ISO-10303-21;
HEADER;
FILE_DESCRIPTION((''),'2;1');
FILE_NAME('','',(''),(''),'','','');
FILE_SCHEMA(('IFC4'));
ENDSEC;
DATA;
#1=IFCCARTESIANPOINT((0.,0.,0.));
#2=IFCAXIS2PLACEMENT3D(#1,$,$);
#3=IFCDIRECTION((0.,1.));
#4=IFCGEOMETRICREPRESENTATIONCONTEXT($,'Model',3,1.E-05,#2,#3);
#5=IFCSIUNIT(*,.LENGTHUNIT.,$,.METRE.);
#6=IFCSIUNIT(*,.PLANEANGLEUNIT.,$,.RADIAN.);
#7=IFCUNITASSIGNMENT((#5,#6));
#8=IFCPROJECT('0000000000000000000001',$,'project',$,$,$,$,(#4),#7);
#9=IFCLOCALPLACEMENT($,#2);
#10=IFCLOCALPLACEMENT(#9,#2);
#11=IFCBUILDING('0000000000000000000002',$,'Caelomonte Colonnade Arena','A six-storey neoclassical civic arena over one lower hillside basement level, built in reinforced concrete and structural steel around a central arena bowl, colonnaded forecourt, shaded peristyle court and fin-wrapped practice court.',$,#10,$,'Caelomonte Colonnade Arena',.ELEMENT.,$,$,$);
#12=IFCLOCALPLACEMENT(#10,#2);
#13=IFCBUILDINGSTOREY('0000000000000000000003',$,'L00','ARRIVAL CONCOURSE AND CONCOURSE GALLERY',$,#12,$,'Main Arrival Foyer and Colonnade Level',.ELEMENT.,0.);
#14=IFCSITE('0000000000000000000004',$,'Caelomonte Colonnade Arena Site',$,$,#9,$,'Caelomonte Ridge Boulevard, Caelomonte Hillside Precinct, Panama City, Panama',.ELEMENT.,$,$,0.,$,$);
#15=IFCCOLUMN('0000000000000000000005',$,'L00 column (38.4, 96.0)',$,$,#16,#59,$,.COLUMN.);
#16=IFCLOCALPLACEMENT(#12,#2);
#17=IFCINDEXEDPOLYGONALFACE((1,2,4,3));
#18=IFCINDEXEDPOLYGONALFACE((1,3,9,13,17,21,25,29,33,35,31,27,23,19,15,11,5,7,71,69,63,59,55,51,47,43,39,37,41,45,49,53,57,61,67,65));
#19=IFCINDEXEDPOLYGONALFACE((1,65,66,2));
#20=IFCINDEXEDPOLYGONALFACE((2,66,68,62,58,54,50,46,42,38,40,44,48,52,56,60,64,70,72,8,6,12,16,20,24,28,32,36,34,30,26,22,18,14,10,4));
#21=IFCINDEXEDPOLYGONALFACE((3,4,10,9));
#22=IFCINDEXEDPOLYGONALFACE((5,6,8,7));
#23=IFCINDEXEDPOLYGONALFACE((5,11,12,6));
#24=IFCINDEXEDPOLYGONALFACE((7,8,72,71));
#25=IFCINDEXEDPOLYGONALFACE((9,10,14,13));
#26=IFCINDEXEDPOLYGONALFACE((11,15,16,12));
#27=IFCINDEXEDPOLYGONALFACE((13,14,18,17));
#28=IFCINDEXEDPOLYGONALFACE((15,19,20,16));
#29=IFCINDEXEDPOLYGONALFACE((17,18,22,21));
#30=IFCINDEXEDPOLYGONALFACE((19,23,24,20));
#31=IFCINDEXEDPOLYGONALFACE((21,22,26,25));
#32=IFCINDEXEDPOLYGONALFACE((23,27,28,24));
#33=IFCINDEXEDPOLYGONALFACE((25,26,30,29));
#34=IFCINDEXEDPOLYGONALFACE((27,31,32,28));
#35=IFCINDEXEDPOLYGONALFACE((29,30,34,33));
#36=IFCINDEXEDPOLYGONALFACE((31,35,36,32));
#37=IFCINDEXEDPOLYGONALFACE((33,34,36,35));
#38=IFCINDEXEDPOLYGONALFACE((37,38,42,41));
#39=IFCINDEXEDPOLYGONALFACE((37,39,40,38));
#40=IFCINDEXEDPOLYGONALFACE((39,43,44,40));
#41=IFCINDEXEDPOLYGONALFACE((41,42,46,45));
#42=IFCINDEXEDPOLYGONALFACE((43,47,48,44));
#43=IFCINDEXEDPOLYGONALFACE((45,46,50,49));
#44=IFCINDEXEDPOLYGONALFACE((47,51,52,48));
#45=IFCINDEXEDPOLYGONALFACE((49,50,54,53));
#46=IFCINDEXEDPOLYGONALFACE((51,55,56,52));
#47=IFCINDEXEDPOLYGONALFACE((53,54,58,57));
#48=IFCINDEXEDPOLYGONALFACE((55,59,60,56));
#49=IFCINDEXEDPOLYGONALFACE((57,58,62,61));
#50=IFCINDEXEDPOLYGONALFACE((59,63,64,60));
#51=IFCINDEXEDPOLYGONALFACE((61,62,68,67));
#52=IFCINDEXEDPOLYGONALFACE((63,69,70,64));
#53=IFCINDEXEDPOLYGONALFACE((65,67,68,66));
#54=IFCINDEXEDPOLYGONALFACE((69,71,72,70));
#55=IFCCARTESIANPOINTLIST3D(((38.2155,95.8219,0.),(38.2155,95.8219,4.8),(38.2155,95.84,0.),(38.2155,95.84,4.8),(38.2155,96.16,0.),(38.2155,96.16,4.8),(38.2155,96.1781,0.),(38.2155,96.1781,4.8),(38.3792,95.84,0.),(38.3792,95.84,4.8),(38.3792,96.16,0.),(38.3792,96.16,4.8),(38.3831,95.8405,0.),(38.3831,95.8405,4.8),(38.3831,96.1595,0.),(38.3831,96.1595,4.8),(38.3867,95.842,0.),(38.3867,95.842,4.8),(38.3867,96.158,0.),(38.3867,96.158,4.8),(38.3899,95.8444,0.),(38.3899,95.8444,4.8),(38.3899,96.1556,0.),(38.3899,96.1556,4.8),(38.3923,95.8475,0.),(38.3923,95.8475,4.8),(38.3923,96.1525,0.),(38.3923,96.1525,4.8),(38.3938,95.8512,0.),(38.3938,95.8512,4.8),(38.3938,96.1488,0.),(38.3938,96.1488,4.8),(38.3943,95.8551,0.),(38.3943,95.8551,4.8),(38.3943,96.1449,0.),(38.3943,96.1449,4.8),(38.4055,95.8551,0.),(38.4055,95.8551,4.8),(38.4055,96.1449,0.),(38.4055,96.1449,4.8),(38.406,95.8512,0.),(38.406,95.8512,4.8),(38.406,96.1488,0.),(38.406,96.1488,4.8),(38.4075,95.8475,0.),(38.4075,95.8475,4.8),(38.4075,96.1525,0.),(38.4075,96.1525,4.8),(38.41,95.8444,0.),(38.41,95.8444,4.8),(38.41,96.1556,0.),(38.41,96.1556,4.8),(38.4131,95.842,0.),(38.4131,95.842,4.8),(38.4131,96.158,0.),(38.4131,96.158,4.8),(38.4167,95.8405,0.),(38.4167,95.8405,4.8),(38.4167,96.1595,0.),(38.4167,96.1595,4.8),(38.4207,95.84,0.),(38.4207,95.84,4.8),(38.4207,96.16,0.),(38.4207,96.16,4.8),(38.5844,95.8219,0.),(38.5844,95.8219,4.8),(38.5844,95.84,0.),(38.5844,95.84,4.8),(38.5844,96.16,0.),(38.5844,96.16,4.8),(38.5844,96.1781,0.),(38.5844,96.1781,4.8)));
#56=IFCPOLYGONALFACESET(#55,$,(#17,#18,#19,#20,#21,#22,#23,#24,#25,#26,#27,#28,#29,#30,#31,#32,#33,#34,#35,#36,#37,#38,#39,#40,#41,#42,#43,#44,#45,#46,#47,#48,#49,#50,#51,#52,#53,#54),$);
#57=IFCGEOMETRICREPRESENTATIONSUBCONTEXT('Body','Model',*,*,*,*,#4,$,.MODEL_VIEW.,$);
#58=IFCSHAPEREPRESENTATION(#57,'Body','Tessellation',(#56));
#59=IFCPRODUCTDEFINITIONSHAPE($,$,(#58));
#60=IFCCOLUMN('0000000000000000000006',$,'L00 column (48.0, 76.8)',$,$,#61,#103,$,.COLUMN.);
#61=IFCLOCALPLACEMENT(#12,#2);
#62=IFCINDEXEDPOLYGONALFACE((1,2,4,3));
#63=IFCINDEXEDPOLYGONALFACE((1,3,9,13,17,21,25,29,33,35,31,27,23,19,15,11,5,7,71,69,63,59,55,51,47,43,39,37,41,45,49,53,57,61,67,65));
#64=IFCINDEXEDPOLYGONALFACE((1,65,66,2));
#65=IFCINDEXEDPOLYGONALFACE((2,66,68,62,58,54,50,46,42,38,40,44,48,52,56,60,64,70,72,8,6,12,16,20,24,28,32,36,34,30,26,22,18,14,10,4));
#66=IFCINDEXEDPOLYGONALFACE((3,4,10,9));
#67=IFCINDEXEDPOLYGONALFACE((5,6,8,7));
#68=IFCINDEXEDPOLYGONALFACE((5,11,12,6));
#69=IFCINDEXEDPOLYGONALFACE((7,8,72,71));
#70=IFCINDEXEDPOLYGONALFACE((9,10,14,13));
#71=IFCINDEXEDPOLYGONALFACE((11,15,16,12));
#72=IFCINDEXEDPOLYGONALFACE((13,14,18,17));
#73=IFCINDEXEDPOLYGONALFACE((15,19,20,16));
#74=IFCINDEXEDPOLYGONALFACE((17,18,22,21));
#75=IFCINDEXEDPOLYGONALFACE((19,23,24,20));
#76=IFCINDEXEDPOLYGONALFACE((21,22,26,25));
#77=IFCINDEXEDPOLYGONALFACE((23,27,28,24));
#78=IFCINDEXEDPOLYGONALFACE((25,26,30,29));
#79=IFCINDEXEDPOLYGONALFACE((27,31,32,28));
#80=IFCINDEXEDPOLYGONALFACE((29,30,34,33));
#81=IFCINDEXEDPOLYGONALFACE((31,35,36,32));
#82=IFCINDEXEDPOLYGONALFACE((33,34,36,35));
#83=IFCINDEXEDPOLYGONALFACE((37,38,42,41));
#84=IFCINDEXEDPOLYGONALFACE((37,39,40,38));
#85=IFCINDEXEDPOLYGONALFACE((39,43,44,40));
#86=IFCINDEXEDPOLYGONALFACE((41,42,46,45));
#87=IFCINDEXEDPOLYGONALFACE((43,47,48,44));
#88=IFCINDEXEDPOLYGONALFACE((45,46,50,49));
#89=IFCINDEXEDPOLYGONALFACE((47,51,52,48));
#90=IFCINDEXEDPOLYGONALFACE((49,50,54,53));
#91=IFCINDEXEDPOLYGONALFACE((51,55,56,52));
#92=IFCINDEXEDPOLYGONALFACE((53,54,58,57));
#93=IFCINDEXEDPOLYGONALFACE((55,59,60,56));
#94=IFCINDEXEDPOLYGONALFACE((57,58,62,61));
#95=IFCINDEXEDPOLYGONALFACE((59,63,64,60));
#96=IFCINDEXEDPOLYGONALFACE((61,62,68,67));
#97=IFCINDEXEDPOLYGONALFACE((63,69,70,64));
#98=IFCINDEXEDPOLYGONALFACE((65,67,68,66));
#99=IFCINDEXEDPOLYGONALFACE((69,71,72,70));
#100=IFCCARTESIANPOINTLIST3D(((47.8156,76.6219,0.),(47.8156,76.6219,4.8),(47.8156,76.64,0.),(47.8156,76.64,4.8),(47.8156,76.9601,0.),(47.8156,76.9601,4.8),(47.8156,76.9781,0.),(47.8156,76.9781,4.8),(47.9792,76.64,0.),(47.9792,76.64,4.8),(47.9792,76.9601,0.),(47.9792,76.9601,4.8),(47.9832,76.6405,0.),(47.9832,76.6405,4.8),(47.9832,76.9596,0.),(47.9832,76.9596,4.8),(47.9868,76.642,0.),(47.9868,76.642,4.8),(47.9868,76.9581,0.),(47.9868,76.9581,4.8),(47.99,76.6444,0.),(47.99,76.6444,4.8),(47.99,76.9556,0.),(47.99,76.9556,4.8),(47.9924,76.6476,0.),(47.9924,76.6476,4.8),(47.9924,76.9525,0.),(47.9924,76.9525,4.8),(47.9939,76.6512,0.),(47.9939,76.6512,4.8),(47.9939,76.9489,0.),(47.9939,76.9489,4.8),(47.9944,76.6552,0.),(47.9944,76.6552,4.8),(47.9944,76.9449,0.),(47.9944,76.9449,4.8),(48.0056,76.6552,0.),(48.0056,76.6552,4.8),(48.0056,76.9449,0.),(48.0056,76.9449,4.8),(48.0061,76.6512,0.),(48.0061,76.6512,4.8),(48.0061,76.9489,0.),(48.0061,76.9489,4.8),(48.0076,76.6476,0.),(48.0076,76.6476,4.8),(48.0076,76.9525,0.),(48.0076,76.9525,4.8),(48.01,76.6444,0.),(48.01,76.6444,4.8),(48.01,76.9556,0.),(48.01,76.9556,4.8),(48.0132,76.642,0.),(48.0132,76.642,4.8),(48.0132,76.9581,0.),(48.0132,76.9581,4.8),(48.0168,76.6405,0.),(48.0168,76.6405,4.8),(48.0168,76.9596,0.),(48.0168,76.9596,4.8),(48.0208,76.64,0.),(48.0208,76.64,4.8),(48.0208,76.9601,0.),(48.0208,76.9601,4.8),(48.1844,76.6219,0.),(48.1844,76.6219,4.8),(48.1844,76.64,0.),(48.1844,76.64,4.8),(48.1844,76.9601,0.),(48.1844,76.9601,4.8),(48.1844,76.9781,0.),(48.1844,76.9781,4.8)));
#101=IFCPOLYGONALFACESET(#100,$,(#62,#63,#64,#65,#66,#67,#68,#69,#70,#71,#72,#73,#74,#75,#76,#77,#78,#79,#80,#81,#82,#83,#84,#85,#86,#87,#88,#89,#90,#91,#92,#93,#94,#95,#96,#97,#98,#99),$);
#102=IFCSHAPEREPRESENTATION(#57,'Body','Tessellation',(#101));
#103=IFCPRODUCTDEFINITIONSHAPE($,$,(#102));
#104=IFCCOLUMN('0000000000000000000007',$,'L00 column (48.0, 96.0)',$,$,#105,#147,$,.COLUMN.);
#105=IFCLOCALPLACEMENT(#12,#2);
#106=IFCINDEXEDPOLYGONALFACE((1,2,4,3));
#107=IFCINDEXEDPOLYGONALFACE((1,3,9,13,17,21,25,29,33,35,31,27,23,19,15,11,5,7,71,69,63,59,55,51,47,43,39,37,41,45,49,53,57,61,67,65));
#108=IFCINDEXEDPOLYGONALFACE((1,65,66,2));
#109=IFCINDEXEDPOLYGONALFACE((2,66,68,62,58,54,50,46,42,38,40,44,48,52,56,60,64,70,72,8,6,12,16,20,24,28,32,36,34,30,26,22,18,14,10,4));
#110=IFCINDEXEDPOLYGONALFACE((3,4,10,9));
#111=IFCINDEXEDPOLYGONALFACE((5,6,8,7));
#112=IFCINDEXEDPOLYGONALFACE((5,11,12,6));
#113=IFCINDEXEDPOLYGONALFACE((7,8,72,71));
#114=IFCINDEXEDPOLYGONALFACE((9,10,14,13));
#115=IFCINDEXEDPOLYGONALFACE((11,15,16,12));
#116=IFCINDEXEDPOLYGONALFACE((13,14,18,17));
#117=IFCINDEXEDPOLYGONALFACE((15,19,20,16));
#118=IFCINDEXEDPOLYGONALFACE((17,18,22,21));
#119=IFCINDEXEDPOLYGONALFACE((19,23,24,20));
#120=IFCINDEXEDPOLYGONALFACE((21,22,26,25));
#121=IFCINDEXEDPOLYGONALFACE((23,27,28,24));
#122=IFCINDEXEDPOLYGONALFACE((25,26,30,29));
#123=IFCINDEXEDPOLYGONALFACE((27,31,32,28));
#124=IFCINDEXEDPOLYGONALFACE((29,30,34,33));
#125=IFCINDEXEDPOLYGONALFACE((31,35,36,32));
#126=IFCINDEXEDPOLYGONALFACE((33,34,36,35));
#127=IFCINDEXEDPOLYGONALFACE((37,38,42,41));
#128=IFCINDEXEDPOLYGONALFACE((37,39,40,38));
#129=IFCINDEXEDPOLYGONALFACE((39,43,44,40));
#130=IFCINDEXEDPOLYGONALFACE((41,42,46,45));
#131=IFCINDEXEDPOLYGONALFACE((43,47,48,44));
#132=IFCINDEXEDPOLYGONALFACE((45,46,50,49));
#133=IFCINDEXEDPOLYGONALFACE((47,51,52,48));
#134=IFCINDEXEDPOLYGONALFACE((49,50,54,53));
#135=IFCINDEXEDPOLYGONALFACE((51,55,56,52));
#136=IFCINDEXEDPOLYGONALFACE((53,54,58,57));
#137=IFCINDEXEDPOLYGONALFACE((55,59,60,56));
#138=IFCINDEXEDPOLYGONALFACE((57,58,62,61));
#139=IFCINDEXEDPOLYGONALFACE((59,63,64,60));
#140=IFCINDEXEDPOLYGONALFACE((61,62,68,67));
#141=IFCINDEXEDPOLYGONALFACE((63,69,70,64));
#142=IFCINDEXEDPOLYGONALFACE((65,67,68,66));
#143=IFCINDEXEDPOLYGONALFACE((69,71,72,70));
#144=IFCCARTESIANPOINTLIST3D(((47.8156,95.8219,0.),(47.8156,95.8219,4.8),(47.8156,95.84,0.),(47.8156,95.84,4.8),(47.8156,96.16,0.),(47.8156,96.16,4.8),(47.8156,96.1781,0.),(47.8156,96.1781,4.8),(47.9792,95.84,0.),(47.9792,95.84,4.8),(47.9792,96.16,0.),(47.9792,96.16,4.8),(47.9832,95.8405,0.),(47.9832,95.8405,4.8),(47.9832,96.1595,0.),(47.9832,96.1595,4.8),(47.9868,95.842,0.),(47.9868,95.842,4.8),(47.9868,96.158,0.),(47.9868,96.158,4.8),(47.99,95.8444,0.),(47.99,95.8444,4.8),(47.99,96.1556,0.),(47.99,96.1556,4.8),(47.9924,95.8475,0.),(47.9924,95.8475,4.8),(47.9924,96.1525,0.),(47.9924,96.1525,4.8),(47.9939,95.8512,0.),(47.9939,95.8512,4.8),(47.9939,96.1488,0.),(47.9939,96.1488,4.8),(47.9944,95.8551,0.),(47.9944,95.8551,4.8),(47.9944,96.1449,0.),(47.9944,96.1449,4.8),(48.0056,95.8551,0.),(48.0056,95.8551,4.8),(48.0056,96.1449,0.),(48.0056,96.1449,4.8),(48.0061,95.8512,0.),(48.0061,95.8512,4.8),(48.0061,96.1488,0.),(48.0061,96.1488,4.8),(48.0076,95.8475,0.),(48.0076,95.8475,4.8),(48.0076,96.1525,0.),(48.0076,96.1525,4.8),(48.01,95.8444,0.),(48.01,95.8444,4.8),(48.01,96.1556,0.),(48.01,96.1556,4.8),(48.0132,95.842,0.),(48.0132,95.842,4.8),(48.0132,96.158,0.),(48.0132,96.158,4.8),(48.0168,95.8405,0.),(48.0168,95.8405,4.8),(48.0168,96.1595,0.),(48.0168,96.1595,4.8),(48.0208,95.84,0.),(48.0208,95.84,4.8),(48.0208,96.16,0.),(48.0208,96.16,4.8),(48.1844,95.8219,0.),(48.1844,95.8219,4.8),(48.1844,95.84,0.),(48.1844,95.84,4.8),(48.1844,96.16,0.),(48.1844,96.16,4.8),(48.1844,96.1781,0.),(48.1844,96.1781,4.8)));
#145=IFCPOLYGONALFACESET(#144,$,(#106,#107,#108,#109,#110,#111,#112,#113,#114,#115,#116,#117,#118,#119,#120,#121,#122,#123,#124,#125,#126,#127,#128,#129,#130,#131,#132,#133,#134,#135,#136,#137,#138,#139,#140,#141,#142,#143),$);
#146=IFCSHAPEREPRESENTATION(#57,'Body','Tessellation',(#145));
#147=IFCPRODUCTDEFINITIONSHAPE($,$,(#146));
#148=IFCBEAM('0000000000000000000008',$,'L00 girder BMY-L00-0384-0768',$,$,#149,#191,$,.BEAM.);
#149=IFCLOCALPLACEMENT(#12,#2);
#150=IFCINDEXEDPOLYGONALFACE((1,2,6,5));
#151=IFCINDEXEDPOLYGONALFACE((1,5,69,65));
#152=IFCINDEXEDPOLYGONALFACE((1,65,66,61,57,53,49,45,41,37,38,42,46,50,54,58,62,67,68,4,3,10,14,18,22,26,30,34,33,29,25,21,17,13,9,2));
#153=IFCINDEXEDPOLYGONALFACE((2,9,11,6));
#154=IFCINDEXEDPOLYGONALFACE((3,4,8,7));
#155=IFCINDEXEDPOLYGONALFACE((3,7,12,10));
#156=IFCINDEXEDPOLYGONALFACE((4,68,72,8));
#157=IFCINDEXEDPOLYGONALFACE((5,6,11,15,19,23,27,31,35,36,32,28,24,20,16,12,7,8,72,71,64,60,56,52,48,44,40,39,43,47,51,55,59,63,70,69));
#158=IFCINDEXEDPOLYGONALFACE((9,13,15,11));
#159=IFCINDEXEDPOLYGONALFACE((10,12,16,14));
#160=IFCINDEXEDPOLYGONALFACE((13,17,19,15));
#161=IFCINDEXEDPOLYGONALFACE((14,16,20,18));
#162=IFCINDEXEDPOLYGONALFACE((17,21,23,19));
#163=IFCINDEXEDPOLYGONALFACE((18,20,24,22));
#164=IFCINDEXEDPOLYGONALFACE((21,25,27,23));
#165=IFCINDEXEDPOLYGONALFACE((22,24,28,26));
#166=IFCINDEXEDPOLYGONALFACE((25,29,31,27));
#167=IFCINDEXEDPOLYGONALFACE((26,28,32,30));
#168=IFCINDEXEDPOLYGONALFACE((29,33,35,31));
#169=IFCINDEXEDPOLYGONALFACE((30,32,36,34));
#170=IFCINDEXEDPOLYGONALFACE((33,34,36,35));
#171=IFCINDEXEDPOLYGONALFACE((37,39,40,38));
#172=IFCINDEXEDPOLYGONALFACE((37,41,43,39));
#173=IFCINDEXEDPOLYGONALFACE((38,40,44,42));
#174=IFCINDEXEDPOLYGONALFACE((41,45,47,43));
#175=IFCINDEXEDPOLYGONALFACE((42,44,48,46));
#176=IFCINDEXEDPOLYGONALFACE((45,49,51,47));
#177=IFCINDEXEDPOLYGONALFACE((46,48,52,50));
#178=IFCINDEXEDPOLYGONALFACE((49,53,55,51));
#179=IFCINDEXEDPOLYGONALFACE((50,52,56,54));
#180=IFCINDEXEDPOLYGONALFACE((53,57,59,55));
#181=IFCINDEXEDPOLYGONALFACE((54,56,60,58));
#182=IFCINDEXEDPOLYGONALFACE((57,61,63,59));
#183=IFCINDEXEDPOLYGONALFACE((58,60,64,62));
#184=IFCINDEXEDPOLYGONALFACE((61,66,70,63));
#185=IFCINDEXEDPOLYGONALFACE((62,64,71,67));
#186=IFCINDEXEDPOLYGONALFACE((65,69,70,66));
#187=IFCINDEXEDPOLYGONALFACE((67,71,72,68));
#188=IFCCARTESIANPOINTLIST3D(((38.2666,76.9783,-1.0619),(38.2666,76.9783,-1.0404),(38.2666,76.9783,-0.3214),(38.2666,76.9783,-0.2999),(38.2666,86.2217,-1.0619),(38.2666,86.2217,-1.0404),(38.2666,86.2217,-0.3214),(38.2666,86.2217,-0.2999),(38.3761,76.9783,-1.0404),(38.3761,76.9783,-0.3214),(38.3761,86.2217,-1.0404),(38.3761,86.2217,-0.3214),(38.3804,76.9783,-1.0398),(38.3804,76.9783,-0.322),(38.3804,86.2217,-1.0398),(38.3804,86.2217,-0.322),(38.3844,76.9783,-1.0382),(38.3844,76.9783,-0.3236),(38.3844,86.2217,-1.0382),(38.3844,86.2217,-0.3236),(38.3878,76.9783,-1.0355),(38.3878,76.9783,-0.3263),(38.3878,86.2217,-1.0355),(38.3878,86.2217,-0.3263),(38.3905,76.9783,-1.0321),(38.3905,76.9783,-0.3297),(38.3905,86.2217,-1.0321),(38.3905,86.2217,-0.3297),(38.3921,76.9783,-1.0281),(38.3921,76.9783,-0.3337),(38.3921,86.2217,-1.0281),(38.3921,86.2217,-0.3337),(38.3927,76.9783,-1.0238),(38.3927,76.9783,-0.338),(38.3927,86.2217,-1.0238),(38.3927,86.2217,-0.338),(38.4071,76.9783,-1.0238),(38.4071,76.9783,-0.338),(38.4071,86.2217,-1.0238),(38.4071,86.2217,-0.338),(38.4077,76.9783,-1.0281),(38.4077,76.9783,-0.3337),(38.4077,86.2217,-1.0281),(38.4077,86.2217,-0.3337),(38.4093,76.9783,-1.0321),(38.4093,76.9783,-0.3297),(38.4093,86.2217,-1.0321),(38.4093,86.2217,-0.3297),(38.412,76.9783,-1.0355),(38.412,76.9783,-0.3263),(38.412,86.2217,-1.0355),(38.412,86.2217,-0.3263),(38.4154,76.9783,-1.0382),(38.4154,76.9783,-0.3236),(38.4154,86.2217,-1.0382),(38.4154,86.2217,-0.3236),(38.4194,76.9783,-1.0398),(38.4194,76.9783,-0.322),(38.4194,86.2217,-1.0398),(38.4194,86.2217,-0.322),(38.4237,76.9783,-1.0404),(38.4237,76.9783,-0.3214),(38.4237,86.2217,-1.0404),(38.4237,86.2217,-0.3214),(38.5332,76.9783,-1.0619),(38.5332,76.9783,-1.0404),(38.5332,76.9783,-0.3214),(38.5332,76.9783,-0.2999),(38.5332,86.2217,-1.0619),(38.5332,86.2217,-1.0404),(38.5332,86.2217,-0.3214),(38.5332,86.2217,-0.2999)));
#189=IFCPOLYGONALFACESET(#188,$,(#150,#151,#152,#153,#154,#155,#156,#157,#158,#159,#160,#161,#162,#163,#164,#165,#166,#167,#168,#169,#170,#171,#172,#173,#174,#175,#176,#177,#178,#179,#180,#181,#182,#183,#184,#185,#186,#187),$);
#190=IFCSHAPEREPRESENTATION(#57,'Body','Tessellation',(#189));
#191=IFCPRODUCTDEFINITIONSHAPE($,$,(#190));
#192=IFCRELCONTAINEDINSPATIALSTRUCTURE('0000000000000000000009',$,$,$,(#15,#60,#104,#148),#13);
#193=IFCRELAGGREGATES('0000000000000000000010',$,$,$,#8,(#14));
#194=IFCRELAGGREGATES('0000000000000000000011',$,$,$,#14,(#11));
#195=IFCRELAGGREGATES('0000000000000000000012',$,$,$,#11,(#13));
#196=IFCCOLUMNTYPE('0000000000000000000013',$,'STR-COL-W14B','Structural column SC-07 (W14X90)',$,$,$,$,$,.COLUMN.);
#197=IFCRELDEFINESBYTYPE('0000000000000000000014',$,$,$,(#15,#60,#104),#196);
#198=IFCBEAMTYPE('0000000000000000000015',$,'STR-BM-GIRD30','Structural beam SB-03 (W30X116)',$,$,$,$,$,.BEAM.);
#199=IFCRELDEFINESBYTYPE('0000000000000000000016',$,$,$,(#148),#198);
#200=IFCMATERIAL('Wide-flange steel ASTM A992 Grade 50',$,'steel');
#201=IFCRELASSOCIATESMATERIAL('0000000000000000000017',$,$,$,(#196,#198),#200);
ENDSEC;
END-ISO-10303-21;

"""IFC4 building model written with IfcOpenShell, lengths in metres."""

from ifc_helpers import new_model, si_unit, direction, frame, origin, origin_2d, place, context, subcontext, project, spatial, i_section, extrude, material, material_profile, profile_set, type_object, element, save


model = new_model("IFC4")

# Units and contexts
model_context = context("Model", 3, precision=1e-05, world=origin(), true_north=direction((0.0, 1.0)))
body_context = subcontext(model_context, "Body", "Model", "MODEL_VIEW")
ifc_project = project(units=[si_unit("LENGTHUNIT", "METRE"), si_unit("PLANEANGLEUNIT", "RADIAN")], contexts=[model_context])

# Site, building, storey
site_placement = place(None, origin())
site = spatial("IfcSite", under=ifc_project, at=site_placement, Name="Caelomonte Colonnade Arena Site", LongName="Caelomonte Ridge Boulevard, Caelomonte Hillside Precinct, Panama City, Panama", CompositionType="ELEMENT", RefElevation=0.0)
building_placement = place(site_placement, origin())
building = spatial("IfcBuilding", under=site, at=building_placement, Name="Caelomonte Colonnade Arena", Description="A six-storey neoclassical civic arena over one lower hillside basement level, built in reinforced concrete and structural steel around a central arena bowl, colonnaded forecourt, shaded peristyle court and fin-wrapped practice court.", LongName="Caelomonte Colonnade Arena", CompositionType="ELEMENT")
storey_placement = place(building_placement, origin())
storey = spatial("IfcBuildingStorey", under=building, at=storey_placement, Name="L00", Description="ARRIVAL CONCOURSE AND CONCOURSE GALLERY", LongName="Main Arrival Foyer and Colonnade Level", CompositionType="ELEMENT", Elevation=0.0)

# Columns
ifc_material_1 = material(Name="Wide-flange steel ASTM A992 Grade 50", Category="steel")
ifc_material_profile_1 = material_profile(ifc_material_1, i_section(OverallWidth=0.3689, OverallDepth=0.3562, WebThickness=0.0112, FlangeThickness=0.0181, FilletRadius=0.0151, at=origin_2d()), Name="W14X90")
ifc_profile_set_1 = profile_set([ifc_material_profile_1], Name="Wide-flange steel ASTM A992 Grade 50")
column_type_1 = type_object("IfcColumnType", Name="STR-COL-W14B", Description="Structural column SC-07 (W14X90)", PredefinedType="COLUMN", material=ifc_profile_set_1)
for number, where, z_axis, x_axis, name in (
    (1, (38.3999, 96.0, 0.0), (0.0, 0.0, 1.0), (1.0, 0.0, 0.0), "L00 column (38.4, 96.0)"),
    (2, (48.0, 76.8, 0.0), (0.0, 0.0, 1.0), (1.0, 0.0, 0.0), "L00 column (48.0, 76.8)"),
    (3, (48.0, 96.0, 0.0), (0.0, 0.0, 1.0), (1.0, 0.0, 0.0), "L00 column (48.0, 96.0)"),
):
    element("IfcColumn", number, at=place(storey_placement, frame(where, z_axis=z_axis, x_axis=x_axis)), inside=storey, type_object=column_type_1, Name=name, PredefinedType="COLUMN", context=body_context, shape_type="SweptSolid", body=[
        extrude(i_section(OverallWidth=0.3689, OverallDepth=0.3562, WebThickness=0.0112, FlangeThickness=0.0181, FilletRadius=0.0151, at=origin_2d()), origin(), (0.0, 0.0, 1.0), 4.8),
    ])

# Beam
ifc_material_profile_2 = material_profile(ifc_material_1, i_section(OverallWidth=0.2666, OverallDepth=0.762, WebThickness=0.0144, FlangeThickness=0.0215, FilletRadius=0.0166, at=origin_2d()), Name="W30X116")
ifc_profile_set_2 = profile_set([ifc_material_profile_2], Name="Wide-flange steel ASTM A992 Grade 50")
beam_type_1 = type_object("IfcBeamType", Name="STR-BM-GIRD30", Description="Structural beam SB-03 (W30X116)", PredefinedType="BEAM", material=ifc_profile_set_2)
beam_1_placement = place(storey_placement, frame((38.3999, 76.9783, -0.6809), z_axis=(0.0, 1.0, 0.0), x_axis=(-1.0, 0.0, 0.0)))
element("IfcBeam", 4, at=beam_1_placement, inside=storey, type_object=beam_type_1, Name="L00 girder BMY-L00-0384-0768", PredefinedType="BEAM", context=body_context, shape_type="SweptSolid", body=[
    extrude(i_section(OverallWidth=0.2666, OverallDepth=0.762, WebThickness=0.0144, FlangeThickness=0.0215, FilletRadius=0.0166, at=origin_2d()), origin(), (0.0, 0.0, 1.0), 9.2434),
])

save(model, "model.ifc")
